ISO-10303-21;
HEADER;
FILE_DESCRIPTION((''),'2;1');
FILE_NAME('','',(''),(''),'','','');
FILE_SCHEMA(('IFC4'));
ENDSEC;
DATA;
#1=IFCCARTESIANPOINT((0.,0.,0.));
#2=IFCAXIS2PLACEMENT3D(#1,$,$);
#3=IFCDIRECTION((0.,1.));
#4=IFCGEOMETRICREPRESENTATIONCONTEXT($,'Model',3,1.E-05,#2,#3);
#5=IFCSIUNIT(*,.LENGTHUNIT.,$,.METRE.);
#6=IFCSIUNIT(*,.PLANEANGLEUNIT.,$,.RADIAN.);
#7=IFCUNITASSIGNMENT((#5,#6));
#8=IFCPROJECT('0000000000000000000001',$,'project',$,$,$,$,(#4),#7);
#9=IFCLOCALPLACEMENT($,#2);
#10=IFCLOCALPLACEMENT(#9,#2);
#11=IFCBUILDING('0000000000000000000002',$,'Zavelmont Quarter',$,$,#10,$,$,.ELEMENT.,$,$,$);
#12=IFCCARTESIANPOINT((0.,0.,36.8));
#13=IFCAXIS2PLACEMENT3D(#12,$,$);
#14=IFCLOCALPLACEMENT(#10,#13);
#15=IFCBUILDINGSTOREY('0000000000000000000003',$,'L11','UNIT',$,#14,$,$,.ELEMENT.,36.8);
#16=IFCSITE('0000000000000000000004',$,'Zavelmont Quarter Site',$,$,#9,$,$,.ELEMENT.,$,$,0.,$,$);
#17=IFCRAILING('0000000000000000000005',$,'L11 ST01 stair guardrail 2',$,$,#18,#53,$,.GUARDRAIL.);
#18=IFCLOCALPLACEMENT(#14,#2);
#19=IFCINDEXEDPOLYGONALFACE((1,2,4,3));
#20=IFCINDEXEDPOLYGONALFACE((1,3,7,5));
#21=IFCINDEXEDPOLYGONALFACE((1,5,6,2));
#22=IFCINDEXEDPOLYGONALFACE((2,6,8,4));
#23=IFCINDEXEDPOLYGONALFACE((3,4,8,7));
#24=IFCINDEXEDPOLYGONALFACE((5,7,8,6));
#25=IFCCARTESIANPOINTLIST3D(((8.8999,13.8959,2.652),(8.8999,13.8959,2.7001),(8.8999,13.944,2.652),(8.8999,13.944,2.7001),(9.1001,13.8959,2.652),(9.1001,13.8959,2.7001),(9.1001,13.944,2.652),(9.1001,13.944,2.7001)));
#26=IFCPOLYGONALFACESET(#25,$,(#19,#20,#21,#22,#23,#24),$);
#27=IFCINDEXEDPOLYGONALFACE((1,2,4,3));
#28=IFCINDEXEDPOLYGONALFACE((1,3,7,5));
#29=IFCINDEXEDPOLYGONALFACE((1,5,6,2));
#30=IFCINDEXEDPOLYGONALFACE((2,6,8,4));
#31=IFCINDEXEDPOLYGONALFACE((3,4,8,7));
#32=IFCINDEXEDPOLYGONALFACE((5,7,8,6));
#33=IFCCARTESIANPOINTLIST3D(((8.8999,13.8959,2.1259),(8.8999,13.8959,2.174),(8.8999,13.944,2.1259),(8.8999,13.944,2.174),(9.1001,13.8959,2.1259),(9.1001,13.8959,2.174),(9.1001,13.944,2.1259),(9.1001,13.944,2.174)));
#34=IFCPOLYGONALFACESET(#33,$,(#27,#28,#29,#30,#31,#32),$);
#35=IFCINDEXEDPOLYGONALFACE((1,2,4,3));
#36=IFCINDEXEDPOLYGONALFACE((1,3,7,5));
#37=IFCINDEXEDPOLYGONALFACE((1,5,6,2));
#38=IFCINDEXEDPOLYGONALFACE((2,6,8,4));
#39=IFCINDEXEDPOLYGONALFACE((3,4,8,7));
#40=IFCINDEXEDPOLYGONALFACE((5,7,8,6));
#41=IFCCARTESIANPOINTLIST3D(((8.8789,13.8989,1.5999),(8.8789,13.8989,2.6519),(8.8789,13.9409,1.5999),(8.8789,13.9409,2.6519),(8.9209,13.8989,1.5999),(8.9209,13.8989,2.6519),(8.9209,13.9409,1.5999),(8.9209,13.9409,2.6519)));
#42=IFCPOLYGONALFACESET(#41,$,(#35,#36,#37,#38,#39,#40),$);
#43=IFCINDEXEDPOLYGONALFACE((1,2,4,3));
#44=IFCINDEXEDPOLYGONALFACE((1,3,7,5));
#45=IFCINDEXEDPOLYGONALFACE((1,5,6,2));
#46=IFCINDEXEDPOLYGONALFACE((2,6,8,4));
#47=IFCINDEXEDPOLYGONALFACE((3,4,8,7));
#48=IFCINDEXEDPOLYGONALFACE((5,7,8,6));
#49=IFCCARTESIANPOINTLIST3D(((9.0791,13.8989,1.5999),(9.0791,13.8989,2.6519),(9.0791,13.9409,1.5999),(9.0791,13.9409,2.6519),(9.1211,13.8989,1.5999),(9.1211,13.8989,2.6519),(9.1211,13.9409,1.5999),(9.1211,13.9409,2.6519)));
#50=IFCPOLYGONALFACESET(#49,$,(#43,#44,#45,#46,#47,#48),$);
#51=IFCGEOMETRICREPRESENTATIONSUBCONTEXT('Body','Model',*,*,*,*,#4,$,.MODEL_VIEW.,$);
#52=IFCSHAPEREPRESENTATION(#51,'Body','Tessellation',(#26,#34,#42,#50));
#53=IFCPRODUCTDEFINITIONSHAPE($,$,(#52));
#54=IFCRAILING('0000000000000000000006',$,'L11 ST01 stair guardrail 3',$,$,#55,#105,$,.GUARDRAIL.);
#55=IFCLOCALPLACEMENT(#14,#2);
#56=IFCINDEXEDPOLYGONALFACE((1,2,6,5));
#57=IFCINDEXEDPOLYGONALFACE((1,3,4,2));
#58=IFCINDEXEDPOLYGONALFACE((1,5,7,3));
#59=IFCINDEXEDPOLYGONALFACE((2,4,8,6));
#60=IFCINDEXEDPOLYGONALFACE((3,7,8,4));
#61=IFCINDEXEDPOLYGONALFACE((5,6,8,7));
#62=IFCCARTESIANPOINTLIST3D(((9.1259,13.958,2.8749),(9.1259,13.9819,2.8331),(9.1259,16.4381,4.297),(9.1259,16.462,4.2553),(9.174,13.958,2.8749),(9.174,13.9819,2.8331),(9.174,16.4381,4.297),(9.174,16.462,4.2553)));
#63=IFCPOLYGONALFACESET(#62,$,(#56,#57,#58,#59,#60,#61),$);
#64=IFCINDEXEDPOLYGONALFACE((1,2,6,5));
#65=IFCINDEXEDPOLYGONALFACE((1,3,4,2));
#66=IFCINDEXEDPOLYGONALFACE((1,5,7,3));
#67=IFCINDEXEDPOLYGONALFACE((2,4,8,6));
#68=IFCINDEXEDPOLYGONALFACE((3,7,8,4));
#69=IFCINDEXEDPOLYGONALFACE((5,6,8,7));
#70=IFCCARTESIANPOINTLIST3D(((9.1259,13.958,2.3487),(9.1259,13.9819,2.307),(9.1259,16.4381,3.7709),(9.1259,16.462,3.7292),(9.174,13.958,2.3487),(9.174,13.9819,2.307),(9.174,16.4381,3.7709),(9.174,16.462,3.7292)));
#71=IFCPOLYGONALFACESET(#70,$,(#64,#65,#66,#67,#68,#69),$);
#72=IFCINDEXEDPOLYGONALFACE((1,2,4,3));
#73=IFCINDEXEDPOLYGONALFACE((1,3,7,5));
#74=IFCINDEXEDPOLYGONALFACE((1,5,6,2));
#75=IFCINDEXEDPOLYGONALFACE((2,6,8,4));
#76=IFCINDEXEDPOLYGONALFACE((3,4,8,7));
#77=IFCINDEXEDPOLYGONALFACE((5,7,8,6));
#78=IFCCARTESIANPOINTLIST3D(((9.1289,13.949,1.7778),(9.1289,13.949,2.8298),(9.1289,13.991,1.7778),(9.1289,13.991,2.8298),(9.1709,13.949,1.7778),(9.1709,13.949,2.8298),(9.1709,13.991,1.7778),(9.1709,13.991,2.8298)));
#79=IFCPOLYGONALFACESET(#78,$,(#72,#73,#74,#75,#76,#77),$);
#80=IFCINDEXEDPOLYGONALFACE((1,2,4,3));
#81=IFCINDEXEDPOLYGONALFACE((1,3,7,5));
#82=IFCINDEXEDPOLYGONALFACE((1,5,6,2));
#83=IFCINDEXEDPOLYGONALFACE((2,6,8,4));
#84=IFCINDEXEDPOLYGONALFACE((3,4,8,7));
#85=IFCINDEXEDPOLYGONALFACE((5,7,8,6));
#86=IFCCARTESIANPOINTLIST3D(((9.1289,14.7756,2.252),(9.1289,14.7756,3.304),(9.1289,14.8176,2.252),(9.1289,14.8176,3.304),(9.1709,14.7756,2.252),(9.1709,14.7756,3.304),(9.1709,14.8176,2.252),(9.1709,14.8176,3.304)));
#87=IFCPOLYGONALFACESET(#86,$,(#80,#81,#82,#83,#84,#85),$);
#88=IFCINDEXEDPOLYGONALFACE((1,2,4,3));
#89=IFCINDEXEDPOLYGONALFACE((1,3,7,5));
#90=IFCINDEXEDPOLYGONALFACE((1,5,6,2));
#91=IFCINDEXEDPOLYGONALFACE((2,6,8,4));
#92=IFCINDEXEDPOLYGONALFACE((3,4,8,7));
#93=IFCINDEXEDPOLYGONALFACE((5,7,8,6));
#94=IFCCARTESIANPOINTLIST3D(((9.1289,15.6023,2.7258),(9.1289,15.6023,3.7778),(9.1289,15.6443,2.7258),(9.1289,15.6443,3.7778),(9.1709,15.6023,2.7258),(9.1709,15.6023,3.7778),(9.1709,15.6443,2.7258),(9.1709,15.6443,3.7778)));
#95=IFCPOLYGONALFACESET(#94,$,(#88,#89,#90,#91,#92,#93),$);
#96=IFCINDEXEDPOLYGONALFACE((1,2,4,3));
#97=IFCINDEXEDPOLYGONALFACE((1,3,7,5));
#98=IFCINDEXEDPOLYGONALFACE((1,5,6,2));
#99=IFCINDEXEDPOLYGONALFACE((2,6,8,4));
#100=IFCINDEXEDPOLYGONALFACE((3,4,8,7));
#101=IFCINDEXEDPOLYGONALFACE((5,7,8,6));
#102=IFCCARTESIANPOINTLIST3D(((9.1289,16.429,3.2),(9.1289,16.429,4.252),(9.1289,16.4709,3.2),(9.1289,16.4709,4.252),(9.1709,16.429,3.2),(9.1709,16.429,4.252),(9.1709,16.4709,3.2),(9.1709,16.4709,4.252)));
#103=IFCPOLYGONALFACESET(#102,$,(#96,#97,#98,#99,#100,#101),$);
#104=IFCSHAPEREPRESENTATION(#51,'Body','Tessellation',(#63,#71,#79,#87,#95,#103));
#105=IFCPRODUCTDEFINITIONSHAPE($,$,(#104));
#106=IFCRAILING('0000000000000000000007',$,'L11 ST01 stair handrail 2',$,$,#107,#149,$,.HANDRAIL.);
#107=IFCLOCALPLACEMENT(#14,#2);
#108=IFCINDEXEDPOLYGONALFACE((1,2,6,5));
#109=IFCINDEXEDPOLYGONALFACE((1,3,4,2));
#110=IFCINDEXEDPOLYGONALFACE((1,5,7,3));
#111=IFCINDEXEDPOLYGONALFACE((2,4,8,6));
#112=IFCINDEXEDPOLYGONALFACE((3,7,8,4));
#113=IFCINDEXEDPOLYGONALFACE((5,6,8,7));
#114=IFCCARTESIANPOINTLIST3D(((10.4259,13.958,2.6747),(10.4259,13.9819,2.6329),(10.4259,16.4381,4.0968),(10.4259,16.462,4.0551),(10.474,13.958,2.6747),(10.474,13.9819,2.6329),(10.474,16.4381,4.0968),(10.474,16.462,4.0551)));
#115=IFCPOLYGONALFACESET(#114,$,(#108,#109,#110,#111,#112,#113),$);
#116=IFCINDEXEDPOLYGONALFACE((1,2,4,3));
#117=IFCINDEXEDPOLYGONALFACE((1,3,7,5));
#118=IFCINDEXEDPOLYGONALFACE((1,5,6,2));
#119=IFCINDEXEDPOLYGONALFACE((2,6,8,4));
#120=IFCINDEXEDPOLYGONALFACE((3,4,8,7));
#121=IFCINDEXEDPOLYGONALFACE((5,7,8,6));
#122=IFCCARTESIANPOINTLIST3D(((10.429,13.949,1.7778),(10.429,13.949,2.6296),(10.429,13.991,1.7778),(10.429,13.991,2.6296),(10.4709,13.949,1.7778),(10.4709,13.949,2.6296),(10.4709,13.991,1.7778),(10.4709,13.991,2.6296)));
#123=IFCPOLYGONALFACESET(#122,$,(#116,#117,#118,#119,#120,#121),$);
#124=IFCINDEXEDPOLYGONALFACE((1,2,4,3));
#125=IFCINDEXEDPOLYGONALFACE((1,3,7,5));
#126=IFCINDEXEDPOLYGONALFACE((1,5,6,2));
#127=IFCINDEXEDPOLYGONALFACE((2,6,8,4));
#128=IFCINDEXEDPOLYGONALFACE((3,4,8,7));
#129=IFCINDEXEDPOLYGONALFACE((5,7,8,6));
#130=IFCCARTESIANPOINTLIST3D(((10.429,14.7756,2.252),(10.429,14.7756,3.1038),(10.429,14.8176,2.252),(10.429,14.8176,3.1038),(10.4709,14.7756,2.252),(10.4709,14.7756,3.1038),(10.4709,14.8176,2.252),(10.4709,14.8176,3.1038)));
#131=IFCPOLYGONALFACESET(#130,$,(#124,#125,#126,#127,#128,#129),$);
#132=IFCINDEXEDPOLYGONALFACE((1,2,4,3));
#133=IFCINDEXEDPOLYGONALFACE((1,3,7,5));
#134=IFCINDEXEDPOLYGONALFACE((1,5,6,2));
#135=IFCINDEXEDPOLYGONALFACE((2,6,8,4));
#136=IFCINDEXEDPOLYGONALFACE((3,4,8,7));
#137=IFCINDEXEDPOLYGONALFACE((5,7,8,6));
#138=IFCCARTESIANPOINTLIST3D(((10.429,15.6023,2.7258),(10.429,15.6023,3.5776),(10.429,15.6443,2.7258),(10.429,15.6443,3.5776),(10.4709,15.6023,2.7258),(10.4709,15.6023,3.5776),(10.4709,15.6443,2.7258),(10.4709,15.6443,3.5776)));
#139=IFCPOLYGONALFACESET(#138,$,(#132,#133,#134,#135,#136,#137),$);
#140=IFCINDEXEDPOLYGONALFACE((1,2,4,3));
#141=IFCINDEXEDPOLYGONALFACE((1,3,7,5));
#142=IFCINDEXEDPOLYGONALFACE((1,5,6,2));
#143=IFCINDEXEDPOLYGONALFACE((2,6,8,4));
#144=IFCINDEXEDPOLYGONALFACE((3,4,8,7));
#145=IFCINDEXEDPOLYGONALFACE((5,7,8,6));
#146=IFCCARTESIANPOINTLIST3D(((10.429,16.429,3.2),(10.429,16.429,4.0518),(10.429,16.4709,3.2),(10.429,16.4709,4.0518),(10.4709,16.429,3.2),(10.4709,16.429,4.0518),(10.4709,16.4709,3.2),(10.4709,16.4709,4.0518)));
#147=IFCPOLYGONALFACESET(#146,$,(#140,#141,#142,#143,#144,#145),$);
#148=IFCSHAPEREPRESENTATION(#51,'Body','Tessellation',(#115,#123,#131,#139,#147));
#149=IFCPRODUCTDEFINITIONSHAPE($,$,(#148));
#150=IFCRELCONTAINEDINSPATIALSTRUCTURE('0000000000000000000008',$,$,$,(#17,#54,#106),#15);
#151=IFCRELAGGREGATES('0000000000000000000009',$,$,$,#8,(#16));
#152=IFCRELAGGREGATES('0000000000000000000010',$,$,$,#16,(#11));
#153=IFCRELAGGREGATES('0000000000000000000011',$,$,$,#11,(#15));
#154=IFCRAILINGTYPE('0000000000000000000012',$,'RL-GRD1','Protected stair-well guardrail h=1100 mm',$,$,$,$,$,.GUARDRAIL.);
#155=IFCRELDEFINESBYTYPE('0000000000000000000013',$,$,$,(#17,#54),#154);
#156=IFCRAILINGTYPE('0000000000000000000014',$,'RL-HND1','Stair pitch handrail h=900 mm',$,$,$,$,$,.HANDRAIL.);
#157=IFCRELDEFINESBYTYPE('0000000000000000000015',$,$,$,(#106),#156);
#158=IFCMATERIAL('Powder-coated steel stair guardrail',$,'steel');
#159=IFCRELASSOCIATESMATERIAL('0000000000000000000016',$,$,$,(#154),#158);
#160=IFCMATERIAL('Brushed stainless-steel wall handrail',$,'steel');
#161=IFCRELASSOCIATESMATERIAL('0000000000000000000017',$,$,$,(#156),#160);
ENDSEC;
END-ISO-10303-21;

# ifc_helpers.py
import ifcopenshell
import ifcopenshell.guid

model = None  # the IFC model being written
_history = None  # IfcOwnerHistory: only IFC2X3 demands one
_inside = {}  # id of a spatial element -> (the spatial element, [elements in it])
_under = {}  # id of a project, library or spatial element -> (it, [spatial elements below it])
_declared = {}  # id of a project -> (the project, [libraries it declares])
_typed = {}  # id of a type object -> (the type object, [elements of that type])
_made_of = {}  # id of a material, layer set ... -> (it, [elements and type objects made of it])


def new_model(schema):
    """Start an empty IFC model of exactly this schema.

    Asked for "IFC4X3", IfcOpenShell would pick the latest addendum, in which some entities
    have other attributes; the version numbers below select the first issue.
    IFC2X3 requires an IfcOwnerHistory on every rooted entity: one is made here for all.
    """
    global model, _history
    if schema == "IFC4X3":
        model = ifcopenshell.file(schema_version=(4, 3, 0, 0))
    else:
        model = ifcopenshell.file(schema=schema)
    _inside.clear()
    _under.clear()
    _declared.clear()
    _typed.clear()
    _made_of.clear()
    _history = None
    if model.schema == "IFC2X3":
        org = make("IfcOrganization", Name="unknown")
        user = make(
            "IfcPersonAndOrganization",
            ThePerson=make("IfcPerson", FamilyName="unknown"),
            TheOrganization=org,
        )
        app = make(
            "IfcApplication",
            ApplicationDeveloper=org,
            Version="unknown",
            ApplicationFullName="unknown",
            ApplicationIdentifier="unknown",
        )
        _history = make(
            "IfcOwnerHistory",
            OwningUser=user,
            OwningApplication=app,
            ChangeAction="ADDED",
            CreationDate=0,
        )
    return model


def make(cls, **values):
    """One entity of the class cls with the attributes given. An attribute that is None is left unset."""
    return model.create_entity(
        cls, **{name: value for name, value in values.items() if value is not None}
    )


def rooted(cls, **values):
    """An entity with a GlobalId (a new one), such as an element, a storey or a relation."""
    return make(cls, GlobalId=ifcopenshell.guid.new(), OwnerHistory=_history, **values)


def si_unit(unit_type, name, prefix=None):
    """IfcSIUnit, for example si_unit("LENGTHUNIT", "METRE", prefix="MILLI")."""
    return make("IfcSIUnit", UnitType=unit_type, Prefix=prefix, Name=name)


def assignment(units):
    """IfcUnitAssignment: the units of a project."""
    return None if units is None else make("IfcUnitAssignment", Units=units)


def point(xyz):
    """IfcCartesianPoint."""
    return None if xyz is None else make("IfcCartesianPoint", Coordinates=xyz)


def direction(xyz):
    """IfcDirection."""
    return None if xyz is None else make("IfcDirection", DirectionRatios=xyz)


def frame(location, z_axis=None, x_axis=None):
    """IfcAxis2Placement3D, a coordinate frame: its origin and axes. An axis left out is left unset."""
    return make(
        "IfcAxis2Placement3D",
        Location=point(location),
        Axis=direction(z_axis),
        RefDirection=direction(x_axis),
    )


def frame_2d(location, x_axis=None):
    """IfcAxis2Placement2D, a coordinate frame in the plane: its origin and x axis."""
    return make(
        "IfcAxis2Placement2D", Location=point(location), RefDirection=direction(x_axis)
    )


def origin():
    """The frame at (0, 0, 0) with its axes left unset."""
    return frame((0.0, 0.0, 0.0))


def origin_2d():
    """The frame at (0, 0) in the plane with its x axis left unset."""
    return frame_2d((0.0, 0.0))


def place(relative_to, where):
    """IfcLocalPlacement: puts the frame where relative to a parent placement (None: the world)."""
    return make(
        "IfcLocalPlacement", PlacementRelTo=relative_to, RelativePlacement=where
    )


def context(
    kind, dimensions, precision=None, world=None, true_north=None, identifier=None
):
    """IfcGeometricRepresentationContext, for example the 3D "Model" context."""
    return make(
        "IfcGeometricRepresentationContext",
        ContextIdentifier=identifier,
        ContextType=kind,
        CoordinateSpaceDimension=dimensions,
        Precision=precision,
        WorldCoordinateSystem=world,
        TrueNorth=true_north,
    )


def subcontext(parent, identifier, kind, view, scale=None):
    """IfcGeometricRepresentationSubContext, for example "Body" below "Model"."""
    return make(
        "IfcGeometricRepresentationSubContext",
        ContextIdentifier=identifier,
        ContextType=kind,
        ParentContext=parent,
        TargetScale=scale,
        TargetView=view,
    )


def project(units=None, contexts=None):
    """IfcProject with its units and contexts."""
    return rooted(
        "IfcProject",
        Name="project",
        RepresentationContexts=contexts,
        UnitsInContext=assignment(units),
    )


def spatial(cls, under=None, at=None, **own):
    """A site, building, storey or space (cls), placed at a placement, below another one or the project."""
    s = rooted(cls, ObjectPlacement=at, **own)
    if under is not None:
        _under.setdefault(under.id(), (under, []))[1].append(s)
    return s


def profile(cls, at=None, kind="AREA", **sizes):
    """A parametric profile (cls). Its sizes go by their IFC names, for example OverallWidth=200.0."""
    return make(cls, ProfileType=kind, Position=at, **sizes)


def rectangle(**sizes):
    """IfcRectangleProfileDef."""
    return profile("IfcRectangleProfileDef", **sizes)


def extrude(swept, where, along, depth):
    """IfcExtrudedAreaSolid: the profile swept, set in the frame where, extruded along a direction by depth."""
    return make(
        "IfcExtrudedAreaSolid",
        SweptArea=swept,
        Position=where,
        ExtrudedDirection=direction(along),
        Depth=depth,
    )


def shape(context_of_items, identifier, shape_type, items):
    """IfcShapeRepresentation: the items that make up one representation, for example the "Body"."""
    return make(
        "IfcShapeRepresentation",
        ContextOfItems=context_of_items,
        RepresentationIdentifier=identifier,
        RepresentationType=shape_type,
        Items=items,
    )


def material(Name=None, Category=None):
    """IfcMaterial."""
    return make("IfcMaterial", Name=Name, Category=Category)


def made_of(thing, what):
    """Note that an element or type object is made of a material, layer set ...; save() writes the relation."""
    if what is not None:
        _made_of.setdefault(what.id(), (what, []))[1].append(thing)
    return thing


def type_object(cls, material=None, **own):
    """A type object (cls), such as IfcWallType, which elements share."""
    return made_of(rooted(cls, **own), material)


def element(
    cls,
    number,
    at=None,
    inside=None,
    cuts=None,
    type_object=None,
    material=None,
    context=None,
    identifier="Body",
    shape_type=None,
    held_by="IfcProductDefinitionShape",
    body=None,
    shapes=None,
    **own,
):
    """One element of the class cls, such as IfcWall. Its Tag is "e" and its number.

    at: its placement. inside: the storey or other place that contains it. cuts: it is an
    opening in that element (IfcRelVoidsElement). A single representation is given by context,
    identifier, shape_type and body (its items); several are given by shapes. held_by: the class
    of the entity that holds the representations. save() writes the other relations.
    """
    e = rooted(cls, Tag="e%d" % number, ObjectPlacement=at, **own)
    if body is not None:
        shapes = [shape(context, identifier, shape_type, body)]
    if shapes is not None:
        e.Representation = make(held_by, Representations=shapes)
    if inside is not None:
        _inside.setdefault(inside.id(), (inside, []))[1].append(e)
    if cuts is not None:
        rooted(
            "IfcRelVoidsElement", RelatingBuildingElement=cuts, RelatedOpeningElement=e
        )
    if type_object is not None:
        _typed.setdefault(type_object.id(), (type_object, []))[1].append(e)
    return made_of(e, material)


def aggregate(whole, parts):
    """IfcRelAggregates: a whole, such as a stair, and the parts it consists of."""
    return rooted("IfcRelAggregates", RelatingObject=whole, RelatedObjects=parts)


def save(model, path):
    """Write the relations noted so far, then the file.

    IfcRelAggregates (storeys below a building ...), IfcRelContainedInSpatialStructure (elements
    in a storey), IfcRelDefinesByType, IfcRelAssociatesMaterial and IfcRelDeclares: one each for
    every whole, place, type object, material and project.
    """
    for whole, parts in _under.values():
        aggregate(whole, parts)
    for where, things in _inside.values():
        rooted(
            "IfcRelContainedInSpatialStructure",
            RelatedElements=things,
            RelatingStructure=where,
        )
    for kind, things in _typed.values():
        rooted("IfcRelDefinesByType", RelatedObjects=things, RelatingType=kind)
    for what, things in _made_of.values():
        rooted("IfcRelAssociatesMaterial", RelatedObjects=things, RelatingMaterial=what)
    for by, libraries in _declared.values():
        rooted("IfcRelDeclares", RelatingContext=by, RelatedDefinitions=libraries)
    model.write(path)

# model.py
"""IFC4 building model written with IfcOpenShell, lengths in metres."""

from ifc_helpers import new_model, si_unit, direction, frame, origin, origin_2d, place, context, subcontext, project, spatial, rectangle, extrude, material, type_object, element, save


model = new_model("IFC4")

# Units and contexts
model_context = context("Model", 3, precision=1e-05, world=origin(), true_north=direction((0.0, 1.0)))
body_context = subcontext(model_context, "Body", "Model", "MODEL_VIEW")
ifc_project = project(units=[si_unit("LENGTHUNIT", "METRE"), si_unit("PLANEANGLEUNIT", "RADIAN")], contexts=[model_context])

# Site, building, storey
site_placement = place(None, origin())
site = spatial("IfcSite", under=ifc_project, at=site_placement, Name="Zavelmont Quarter Site", CompositionType="ELEMENT", RefElevation=0.0)
building_placement = place(site_placement, origin())
building = spatial("IfcBuilding", under=site, at=building_placement, Name="Zavelmont Quarter", CompositionType="ELEMENT")
storey_placement = place(building_placement, frame((0.0, 0.0, 36.8)))
storey = spatial("IfcBuildingStorey", under=building, at=storey_placement, Name="L11", Description="UNIT", CompositionType="ELEMENT", Elevation=36.8)

# Railings
ifc_material_1 = material(Name="Powder-coated steel stair guardrail", Category="steel")
railing_type_1 = type_object("IfcRailingType", Name="RL-GRD1", Description="Protected stair-well guardrail h=1100 mm", PredefinedType="GUARDRAIL", material=ifc_material_1)
railing_1_placement = place(storey_placement, frame((8.8999, 13.9199, 1.5999)))
element("IfcRailing", 1, at=railing_1_placement, inside=storey, type_object=railing_type_1, Name="L11 ST01 stair guardrail 2", PredefinedType="GUARDRAIL", context=body_context, shape_type="SweptSolid", body=[
    extrude(rectangle(XDim=0.0481, YDim=0.0481, at=origin_2d()), frame((0.0, 0.0, 1.0762), z_axis=(1.0, 0.0, 0.0), x_axis=(0.0, 1.0, 0.0)), (0.0, 0.0, 1.0), 0.2002),
    extrude(rectangle(XDim=0.0481, YDim=0.0481, at=origin_2d()), frame((0.0, 0.0, 0.55), z_axis=(1.0, 0.0, 0.0), x_axis=(0.0, 1.0, 0.0)), (0.0, 0.0, 1.0), 0.2002),
    extrude(rectangle(XDim=0.042, YDim=0.042, at=origin_2d()), origin(), (0.0, 0.0, 1.0), 1.052),
    extrude(rectangle(XDim=0.042, YDim=0.042, at=origin_2d()), frame((0.2002, 0.0, 0.0)), (0.0, 0.0, 1.0), 1.052),
])
railing_2_placement = place(storey_placement, frame((9.1499, 13.97, 1.7778)))
element("IfcRailing", 2, at=railing_2_placement, inside=storey, type_object=railing_type_1, Name="L11 ST01 stair guardrail 3", PredefinedType="GUARDRAIL", context=body_context, shape_type="SweptSolid", body=[
    extrude(rectangle(XDim=0.0481, YDim=0.0481, at=origin_2d()), frame((0.0, 0.0, 1.0762), z_axis=(0.0, 0.867491, 0.497454), x_axis=(-1.0, 0.0, 0.0)), (0.0, 0.0, 1.0), 2.8589),
    extrude(rectangle(XDim=0.0481, YDim=0.0481, at=origin_2d()), frame((0.0, 0.0, 0.55), z_axis=(0.0, 0.867491, 0.497454), x_axis=(-1.0, 0.0, 0.0)), (0.0, 0.0, 1.0), 2.8589),
    extrude(rectangle(XDim=0.042, YDim=0.042, at=origin_2d()), origin(), (0.0, 0.0, 1.0), 1.052),
    extrude(rectangle(XDim=0.042, YDim=0.042, at=origin_2d()), frame((0.0, 0.8267, 0.4741)), (0.0, 0.0, 1.0), 1.052),
    extrude(rectangle(XDim=0.042, YDim=0.042, at=origin_2d()), frame((0.0, 1.6533, 0.948)), (0.0, 0.0, 1.0), 1.052),
    extrude(rectangle(XDim=0.042, YDim=0.042, at=origin_2d()), frame((0.0, 2.48, 1.4221)), (0.0, 0.0, 1.0), 1.052),
])
ifc_material_2 = material(Name="Brushed stainless-steel wall handrail", Category="steel")
railing_type_2 = type_object("IfcRailingType", Name="RL-HND1", Description="Stair pitch handrail h=900 mm", PredefinedType="HANDRAIL", material=ifc_material_2)
railing_3_placement = place(storey_placement, frame((10.45, 13.97, 1.7778)))
element("IfcRailing", 3, at=railing_3_placement, inside=storey, type_object=railing_type_2, Name="L11 ST01 stair handrail 2", PredefinedType="HANDRAIL", context=body_context, shape_type="SweptSolid", body=[
    extrude(rectangle(XDim=0.0481, YDim=0.0481, at=origin_2d()), frame((0.0, 0.0, 0.876), z_axis=(0.0, 0.867491, 0.497454), x_axis=(-1.0, 0.0, 0.0)), (0.0, 0.0, 1.0), 2.8589),
    extrude(rectangle(XDim=0.042, YDim=0.042, at=origin_2d()), origin(), (0.0, 0.0, 1.0), 0.8518),
    extrude(rectangle(XDim=0.042, YDim=0.042, at=origin_2d()), frame((0.0, 0.8267, 0.4741)), (0.0, 0.0, 1.0), 0.8518),
    extrude(rectangle(XDim=0.042, YDim=0.042, at=origin_2d()), frame((0.0, 1.6533, 0.948)), (0.0, 0.0, 1.0), 0.8518),
    extrude(rectangle(XDim=0.042, YDim=0.042, at=origin_2d()), frame((0.0, 2.48, 1.4221)), (0.0, 0.0, 1.0), 0.8518),
])

save(model, "model.ifc")
